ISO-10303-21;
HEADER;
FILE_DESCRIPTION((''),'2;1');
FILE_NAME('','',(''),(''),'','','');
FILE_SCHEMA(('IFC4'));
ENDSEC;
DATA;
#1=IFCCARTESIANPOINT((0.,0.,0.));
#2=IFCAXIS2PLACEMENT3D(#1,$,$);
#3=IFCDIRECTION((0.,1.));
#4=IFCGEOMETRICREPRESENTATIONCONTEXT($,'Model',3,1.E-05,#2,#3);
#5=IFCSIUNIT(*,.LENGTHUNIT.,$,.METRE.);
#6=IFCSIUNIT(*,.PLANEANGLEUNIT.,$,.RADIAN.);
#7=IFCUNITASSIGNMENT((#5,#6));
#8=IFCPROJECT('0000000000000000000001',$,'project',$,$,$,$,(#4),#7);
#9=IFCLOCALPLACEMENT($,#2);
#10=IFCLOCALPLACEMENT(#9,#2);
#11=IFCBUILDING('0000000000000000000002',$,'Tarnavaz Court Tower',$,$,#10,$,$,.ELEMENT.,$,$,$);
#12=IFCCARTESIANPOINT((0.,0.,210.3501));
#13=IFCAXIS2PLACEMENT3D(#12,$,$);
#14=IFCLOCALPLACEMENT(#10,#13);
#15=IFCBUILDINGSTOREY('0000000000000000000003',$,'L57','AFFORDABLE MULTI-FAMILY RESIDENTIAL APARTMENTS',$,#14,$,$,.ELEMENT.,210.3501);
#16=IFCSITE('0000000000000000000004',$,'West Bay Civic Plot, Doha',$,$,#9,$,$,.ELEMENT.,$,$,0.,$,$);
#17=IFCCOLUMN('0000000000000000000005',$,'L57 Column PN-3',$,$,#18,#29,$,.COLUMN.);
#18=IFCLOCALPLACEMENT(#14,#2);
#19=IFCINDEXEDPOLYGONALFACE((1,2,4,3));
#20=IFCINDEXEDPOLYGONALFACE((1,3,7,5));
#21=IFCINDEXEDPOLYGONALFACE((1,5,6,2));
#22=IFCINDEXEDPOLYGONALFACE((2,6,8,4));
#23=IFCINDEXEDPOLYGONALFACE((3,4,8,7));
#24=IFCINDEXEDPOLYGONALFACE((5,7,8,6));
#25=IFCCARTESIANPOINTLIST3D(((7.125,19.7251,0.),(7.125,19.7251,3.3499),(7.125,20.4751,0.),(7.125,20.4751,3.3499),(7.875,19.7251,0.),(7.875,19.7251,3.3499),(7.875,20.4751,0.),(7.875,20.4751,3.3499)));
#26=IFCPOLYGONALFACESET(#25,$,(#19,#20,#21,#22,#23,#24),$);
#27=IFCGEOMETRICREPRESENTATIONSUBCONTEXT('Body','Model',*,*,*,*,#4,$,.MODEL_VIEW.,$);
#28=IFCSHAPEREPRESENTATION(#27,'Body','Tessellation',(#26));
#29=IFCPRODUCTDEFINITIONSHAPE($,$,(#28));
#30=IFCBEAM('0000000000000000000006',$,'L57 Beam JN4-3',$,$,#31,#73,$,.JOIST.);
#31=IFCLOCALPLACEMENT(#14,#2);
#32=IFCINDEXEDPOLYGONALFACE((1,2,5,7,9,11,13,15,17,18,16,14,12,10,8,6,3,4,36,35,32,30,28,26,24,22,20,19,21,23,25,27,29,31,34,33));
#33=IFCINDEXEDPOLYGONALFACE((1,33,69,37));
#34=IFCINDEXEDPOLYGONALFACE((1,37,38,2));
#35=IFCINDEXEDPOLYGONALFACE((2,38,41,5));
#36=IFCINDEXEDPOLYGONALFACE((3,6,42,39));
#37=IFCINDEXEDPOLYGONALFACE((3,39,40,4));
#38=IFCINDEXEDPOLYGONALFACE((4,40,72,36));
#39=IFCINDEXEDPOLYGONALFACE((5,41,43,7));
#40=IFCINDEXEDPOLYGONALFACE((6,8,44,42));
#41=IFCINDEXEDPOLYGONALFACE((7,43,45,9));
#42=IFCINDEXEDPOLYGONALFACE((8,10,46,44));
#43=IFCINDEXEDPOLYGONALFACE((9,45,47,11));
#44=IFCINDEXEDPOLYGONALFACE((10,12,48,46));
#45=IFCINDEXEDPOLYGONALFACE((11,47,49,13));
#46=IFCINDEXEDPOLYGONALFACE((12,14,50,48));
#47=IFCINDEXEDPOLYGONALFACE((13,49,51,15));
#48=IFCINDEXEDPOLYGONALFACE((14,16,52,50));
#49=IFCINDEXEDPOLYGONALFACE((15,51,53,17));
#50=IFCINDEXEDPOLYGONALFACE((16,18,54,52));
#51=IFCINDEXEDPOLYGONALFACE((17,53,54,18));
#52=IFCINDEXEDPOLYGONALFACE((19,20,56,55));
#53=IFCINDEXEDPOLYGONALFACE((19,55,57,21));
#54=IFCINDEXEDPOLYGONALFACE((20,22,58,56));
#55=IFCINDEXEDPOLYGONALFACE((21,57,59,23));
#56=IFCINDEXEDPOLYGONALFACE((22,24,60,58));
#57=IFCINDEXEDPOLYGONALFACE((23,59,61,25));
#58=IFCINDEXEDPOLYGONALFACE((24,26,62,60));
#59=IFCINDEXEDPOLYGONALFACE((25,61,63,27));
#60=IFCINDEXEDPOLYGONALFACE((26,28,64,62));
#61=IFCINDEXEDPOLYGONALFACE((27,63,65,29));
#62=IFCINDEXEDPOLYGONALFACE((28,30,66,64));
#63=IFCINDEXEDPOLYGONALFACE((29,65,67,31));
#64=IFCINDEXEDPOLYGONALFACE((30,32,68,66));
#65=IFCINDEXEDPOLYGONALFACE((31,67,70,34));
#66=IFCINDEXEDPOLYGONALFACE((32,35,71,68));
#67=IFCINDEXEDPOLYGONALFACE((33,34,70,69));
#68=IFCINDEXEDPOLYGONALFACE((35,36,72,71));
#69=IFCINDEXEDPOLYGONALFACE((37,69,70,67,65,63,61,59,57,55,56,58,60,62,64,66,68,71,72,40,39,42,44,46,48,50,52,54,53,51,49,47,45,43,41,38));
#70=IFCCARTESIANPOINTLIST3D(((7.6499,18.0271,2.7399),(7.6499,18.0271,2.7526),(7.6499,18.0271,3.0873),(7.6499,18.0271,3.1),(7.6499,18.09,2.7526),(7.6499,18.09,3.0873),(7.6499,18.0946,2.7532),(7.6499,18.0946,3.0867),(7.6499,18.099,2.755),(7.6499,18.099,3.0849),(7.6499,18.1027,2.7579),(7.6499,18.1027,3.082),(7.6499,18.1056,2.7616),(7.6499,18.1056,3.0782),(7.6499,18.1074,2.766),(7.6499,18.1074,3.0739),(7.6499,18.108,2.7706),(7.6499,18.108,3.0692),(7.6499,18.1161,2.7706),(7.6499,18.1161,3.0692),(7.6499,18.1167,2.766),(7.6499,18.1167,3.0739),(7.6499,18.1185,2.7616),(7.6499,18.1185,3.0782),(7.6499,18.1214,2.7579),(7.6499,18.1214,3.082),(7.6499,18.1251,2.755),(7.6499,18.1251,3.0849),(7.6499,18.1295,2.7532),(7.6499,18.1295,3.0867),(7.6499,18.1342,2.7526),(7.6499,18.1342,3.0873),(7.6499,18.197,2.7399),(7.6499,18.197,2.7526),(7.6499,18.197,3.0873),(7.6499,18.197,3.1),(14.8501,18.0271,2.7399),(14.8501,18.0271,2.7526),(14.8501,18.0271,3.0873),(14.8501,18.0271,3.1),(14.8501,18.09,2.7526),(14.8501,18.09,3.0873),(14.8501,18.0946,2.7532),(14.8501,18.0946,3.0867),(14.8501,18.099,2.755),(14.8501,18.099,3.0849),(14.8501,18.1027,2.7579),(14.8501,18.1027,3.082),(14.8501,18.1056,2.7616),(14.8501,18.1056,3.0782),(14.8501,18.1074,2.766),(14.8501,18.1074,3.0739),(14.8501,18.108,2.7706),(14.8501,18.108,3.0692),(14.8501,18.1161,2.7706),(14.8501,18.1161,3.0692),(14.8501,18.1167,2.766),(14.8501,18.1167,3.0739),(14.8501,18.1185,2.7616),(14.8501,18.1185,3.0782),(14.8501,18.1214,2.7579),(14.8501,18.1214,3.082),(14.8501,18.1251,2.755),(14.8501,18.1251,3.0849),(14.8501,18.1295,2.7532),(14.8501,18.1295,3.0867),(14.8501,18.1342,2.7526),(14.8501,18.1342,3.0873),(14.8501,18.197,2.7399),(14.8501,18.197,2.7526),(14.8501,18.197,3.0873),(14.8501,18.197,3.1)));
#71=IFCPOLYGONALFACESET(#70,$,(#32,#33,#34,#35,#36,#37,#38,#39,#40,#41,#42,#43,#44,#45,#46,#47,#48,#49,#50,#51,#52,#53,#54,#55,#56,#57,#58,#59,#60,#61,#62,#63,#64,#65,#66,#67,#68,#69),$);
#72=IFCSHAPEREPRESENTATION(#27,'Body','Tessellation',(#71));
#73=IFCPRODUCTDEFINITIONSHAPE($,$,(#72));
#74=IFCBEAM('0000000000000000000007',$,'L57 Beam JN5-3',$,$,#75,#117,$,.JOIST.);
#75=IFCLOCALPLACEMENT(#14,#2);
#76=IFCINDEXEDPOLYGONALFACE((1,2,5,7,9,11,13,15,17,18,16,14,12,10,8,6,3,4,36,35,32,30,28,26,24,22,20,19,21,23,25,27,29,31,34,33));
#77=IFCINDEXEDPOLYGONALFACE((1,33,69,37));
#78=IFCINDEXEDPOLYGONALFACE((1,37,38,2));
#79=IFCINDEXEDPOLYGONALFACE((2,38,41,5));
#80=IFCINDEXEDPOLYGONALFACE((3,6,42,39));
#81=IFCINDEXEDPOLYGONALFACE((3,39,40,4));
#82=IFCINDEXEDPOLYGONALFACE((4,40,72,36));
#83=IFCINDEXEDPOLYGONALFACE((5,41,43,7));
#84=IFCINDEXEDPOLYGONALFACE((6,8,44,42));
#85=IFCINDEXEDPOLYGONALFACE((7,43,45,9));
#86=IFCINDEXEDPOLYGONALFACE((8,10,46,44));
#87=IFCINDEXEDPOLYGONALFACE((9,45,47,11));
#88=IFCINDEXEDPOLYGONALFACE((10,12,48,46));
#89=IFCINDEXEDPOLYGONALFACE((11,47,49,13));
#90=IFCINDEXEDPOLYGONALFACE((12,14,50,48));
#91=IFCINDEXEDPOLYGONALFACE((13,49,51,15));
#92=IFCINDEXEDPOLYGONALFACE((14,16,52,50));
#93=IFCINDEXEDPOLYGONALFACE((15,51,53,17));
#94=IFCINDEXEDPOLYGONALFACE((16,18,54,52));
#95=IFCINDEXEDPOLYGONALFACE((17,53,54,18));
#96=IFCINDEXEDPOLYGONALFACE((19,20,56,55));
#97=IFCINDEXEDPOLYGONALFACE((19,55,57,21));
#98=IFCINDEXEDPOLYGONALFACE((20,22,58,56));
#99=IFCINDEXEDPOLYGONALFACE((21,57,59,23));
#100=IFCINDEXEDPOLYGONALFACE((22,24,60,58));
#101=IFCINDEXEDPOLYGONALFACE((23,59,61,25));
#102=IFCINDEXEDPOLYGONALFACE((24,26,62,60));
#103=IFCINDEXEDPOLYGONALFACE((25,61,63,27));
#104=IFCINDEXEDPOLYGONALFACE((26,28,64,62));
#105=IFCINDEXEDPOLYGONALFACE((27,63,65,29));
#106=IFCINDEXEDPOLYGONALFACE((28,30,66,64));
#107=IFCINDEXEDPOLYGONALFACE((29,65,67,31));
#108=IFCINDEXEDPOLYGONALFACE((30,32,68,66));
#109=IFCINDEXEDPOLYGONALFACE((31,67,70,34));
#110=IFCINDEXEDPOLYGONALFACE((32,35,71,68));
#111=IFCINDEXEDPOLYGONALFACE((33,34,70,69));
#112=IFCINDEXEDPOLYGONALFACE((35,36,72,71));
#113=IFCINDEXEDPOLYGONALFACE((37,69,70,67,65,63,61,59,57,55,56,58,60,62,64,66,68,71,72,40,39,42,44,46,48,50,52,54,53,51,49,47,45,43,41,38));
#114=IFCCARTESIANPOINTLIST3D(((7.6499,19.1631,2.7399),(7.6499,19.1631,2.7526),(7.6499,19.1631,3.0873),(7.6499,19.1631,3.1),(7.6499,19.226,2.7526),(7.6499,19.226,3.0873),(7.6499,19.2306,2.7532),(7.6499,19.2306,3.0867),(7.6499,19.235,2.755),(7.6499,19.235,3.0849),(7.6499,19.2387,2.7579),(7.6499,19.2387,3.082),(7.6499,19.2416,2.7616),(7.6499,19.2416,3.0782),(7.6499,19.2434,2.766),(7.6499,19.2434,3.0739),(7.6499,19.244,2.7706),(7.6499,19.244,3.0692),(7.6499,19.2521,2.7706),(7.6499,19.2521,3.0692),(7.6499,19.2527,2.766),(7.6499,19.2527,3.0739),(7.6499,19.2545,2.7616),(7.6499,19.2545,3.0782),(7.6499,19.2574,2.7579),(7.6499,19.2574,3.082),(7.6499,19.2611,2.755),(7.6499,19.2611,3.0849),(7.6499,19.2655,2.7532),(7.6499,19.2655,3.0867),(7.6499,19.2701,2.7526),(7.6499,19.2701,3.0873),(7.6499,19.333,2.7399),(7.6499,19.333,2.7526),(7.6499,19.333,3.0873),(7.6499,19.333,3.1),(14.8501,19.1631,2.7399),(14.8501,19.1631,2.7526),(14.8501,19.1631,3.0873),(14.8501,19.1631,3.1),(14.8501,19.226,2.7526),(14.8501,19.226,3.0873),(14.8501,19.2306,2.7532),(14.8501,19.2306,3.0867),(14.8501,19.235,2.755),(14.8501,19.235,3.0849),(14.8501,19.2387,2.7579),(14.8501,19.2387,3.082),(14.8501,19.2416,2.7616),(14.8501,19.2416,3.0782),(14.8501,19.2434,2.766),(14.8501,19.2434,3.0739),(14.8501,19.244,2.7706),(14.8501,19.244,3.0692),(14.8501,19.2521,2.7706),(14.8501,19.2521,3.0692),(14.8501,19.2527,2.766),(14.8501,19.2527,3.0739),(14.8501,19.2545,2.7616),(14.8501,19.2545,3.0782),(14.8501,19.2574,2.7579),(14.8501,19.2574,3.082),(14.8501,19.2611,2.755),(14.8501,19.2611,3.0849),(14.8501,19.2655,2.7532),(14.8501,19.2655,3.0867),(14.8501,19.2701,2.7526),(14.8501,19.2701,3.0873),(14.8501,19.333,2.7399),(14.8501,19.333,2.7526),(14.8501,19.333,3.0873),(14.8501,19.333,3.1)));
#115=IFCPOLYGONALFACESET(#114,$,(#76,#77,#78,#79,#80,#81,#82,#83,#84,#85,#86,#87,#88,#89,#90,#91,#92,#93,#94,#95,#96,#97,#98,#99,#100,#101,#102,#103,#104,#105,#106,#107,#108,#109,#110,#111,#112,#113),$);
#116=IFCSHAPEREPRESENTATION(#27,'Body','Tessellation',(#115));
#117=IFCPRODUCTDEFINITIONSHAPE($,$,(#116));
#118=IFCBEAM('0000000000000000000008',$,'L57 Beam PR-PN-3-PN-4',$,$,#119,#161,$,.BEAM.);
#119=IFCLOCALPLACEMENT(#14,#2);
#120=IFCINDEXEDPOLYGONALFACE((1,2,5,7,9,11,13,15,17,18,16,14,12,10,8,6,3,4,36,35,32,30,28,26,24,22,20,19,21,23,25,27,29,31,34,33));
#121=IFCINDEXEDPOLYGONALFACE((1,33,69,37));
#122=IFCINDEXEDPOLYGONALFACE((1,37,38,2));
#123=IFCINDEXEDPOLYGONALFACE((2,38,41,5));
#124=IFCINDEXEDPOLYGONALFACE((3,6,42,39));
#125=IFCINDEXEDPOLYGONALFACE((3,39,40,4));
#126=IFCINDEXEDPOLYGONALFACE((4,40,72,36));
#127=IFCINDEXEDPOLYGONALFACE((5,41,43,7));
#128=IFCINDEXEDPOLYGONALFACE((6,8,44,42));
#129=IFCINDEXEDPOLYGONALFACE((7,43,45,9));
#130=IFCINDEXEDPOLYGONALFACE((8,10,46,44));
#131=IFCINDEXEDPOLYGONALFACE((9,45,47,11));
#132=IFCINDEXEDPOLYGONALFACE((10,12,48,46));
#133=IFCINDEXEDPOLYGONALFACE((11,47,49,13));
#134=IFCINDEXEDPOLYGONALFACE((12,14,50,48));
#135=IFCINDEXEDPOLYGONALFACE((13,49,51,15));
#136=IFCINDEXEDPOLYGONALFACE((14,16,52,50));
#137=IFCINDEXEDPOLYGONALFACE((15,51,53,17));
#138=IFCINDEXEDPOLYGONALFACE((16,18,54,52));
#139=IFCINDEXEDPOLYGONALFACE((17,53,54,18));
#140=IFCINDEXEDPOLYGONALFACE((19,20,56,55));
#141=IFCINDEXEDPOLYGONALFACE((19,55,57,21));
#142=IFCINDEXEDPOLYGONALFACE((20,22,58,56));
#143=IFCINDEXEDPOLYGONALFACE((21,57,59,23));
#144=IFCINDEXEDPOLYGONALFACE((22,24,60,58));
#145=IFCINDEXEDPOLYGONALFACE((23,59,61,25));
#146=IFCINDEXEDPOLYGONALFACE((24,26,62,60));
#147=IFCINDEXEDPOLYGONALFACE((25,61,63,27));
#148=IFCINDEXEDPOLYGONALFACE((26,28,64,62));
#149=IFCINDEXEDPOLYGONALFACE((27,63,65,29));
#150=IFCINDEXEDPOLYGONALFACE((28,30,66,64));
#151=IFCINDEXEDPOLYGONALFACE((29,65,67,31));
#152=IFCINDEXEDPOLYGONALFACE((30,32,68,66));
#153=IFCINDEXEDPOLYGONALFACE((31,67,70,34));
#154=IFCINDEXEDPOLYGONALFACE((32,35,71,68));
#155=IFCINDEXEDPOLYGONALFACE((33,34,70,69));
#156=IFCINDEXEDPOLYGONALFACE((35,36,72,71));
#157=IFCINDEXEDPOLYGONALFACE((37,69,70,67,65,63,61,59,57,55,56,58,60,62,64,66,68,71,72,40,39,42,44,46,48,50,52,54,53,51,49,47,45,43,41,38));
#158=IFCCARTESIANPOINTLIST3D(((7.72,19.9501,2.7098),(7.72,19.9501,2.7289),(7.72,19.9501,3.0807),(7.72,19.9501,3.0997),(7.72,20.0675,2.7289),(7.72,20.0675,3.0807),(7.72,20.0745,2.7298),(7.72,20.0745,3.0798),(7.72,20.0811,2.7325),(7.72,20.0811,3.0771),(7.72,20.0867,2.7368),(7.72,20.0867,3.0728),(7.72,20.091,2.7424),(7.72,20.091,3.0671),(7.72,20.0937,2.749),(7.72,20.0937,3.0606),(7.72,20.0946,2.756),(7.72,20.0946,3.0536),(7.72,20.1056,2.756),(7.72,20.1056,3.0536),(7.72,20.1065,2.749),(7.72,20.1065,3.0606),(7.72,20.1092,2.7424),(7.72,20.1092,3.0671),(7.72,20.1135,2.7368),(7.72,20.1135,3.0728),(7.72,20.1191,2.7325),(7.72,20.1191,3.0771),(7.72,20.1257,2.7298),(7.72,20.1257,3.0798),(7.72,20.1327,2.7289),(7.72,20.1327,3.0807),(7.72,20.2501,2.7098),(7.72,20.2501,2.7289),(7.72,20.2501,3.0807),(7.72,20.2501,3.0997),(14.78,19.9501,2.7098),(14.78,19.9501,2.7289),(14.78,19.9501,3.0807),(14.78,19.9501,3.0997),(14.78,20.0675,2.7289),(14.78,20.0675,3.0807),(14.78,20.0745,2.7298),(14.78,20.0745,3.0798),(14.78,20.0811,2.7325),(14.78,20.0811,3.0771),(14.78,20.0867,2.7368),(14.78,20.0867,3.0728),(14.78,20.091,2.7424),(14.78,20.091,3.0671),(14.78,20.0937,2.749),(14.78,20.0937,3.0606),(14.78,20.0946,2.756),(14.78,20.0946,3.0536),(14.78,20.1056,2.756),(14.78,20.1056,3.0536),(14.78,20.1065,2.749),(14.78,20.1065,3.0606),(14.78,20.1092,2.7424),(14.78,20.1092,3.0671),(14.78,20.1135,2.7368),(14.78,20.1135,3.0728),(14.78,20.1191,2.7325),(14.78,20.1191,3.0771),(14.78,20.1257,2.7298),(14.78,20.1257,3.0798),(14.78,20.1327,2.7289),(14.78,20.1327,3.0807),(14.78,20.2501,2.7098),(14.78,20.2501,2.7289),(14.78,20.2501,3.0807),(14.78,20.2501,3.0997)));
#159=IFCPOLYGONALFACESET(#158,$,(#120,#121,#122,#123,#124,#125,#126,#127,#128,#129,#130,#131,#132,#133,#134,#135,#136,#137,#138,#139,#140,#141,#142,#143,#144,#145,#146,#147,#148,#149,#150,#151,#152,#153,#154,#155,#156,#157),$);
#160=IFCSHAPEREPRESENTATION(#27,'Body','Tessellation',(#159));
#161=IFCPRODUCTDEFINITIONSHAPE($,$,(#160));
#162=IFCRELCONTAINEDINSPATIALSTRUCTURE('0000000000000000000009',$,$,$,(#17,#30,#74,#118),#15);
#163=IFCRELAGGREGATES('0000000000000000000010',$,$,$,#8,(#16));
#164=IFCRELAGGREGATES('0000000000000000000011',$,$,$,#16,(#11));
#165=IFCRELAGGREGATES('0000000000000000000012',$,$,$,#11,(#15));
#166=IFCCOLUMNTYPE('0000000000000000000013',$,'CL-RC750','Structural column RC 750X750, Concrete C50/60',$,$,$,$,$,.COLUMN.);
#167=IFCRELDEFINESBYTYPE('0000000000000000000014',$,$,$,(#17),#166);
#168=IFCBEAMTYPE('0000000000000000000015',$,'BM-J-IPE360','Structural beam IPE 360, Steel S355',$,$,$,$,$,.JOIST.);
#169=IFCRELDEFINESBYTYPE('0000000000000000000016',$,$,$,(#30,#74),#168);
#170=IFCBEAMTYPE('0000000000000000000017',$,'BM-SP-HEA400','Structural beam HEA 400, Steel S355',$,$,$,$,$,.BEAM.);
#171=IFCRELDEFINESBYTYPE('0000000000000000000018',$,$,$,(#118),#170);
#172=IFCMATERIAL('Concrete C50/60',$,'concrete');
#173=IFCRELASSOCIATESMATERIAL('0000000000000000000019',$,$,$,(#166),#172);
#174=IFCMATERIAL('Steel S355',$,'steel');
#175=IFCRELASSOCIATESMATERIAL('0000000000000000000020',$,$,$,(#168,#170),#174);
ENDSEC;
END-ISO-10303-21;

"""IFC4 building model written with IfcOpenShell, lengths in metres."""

from ifc_helpers import new_model, si_unit, direction, frame, origin, origin_2d, place, context, subcontext, project, spatial, rectangle, i_section, extrude, material, material_profile, profile_set, type_object, element, save


model = new_model("IFC4")

# Units and contexts
model_context = context("Model", 3, precision=1e-05, world=origin(), true_north=direction((0.0, 1.0)))
body_context = subcontext(model_context, "Body", "Model", "MODEL_VIEW")
ifc_project = project(units=[si_unit("LENGTHUNIT", "METRE"), si_unit("PLANEANGLEUNIT", "RADIAN")], contexts=[model_context])

# Site, building, storey
site_placement = place(None, origin())
site = spatial("IfcSite", under=ifc_project, at=site_placement, Name="West Bay Civic Plot, Doha", CompositionType="ELEMENT", RefElevation=0.0)
building_placement = place(site_placement, origin())
building = spatial("IfcBuilding", under=site, at=building_placement, Name="Tarnavaz Court Tower", CompositionType="ELEMENT")
storey_placement = place(building_placement, frame((0.0, 0.0, 210.3501)))
storey = spatial("IfcBuildingStorey", under=building, at=storey_placement, Name="L57", Description="AFFORDABLE MULTI-FAMILY RESIDENTIAL APARTMENTS", CompositionType="ELEMENT", Elevation=210.3501)

# Column
ifc_material_1 = material(Name="Concrete C50/60", Category="concrete")
ifc_material_profile_1 = material_profile(ifc_material_1, rectangle(XDim=0.75, YDim=0.75, at=origin_2d()), Name="RC 750X750")
ifc_profile_set_1 = profile_set([ifc_material_profile_1], Name="Concrete C50/60")
column_type = type_object("IfcColumnType", Name="CL-RC750", Description="Structural column RC 750X750, Concrete C50/60", PredefinedType="COLUMN", material=ifc_profile_set_1)
column_placement = place(storey_placement, frame((7.5, 20.1001, 0.0), z_axis=(0.0, 0.0, 1.0), x_axis=(1.0, 0.0, 0.0)))
element("IfcColumn", 1, at=column_placement, inside=storey, type_object=column_type, Name="L57 Column PN-3", PredefinedType="COLUMN", context=body_context, shape_type="SweptSolid", body=[
    extrude(rectangle(XDim=0.75, YDim=0.75, at=origin_2d()), origin(), (0.0, 0.0, 1.0), 3.3499),
])

# Beams
ifc_material_2 = material(Name="Steel S355", Category="steel")
ifc_material_profile_2 = material_profile(ifc_material_2, i_section(OverallWidth=0.1699, OverallDepth=0.3601, WebThickness=0.0081, FlangeThickness=0.0127, FilletRadius=0.0181, at=origin_2d()), Name="IPE 360")
ifc_profile_set_2 = profile_set([ifc_material_profile_2], Name="Steel S355")
beam_type_1 = type_object("IfcBeamType", Name="BM-J-IPE360", Description="Structural beam IPE 360, Steel S355", PredefinedType="JOIST", material=ifc_profile_set_2)
for number, where, z_axis, x_axis, name in (
    (2, (7.6499, 18.1121, 2.9199), (1.0, 0.0, 0.0), (0.0, 1.0, 0.0), "L57 Beam JN4-3"),
    (3, (7.6499, 19.248, 2.9199), (1.0, 0.0, 0.0), (0.0, 1.0, 0.0), "L57 Beam JN5-3"),
):
    element("IfcBeam", number, at=place(storey_placement, frame(where, z_axis=z_axis, x_axis=x_axis)), inside=storey, type_object=beam_type_1, Name=name, PredefinedType="JOIST", context=body_context, shape_type="SweptSolid", body=[
        extrude(i_section(OverallWidth=0.1699, OverallDepth=0.3601, WebThickness=0.0081, FlangeThickness=0.0127, FilletRadius=0.0181, at=origin_2d()), origin(), (0.0, 0.0, 1.0), 7.2002),
    ])
ifc_material_profile_3 = material_profile(ifc_material_2, i_section(OverallWidth=0.3, OverallDepth=0.3899, WebThickness=0.011, FlangeThickness=0.019, FilletRadius=0.0271, at=origin_2d()), Name="HEA 400")
ifc_profile_set_3 = profile_set([ifc_material_profile_3], Name="Steel S355")
beam_type_2 = type_object("IfcBeamType", Name="BM-SP-HEA400", Description="Structural beam HEA 400, Steel S355", PredefinedType="BEAM", material=ifc_profile_set_3)
beam_placement = place(storey_placement, frame((7.72, 20.1001, 2.9048), z_axis=(1.0, 0.0, 0.0), x_axis=(0.0, 1.0, 0.0)))
element("IfcBeam", 4, at=beam_placement, inside=storey, type_object=beam_type_2, Name="L57 Beam PR-PN-3-PN-4", PredefinedType="BEAM", context=body_context, shape_type="SweptSolid", body=[
    extrude(i_section(OverallWidth=0.3, OverallDepth=0.3899, WebThickness=0.011, FlangeThickness=0.019, FilletRadius=0.0271, at=origin_2d()), origin(), (0.0, 0.0, 1.0), 7.0601),
])

save(model, "model.ifc")
